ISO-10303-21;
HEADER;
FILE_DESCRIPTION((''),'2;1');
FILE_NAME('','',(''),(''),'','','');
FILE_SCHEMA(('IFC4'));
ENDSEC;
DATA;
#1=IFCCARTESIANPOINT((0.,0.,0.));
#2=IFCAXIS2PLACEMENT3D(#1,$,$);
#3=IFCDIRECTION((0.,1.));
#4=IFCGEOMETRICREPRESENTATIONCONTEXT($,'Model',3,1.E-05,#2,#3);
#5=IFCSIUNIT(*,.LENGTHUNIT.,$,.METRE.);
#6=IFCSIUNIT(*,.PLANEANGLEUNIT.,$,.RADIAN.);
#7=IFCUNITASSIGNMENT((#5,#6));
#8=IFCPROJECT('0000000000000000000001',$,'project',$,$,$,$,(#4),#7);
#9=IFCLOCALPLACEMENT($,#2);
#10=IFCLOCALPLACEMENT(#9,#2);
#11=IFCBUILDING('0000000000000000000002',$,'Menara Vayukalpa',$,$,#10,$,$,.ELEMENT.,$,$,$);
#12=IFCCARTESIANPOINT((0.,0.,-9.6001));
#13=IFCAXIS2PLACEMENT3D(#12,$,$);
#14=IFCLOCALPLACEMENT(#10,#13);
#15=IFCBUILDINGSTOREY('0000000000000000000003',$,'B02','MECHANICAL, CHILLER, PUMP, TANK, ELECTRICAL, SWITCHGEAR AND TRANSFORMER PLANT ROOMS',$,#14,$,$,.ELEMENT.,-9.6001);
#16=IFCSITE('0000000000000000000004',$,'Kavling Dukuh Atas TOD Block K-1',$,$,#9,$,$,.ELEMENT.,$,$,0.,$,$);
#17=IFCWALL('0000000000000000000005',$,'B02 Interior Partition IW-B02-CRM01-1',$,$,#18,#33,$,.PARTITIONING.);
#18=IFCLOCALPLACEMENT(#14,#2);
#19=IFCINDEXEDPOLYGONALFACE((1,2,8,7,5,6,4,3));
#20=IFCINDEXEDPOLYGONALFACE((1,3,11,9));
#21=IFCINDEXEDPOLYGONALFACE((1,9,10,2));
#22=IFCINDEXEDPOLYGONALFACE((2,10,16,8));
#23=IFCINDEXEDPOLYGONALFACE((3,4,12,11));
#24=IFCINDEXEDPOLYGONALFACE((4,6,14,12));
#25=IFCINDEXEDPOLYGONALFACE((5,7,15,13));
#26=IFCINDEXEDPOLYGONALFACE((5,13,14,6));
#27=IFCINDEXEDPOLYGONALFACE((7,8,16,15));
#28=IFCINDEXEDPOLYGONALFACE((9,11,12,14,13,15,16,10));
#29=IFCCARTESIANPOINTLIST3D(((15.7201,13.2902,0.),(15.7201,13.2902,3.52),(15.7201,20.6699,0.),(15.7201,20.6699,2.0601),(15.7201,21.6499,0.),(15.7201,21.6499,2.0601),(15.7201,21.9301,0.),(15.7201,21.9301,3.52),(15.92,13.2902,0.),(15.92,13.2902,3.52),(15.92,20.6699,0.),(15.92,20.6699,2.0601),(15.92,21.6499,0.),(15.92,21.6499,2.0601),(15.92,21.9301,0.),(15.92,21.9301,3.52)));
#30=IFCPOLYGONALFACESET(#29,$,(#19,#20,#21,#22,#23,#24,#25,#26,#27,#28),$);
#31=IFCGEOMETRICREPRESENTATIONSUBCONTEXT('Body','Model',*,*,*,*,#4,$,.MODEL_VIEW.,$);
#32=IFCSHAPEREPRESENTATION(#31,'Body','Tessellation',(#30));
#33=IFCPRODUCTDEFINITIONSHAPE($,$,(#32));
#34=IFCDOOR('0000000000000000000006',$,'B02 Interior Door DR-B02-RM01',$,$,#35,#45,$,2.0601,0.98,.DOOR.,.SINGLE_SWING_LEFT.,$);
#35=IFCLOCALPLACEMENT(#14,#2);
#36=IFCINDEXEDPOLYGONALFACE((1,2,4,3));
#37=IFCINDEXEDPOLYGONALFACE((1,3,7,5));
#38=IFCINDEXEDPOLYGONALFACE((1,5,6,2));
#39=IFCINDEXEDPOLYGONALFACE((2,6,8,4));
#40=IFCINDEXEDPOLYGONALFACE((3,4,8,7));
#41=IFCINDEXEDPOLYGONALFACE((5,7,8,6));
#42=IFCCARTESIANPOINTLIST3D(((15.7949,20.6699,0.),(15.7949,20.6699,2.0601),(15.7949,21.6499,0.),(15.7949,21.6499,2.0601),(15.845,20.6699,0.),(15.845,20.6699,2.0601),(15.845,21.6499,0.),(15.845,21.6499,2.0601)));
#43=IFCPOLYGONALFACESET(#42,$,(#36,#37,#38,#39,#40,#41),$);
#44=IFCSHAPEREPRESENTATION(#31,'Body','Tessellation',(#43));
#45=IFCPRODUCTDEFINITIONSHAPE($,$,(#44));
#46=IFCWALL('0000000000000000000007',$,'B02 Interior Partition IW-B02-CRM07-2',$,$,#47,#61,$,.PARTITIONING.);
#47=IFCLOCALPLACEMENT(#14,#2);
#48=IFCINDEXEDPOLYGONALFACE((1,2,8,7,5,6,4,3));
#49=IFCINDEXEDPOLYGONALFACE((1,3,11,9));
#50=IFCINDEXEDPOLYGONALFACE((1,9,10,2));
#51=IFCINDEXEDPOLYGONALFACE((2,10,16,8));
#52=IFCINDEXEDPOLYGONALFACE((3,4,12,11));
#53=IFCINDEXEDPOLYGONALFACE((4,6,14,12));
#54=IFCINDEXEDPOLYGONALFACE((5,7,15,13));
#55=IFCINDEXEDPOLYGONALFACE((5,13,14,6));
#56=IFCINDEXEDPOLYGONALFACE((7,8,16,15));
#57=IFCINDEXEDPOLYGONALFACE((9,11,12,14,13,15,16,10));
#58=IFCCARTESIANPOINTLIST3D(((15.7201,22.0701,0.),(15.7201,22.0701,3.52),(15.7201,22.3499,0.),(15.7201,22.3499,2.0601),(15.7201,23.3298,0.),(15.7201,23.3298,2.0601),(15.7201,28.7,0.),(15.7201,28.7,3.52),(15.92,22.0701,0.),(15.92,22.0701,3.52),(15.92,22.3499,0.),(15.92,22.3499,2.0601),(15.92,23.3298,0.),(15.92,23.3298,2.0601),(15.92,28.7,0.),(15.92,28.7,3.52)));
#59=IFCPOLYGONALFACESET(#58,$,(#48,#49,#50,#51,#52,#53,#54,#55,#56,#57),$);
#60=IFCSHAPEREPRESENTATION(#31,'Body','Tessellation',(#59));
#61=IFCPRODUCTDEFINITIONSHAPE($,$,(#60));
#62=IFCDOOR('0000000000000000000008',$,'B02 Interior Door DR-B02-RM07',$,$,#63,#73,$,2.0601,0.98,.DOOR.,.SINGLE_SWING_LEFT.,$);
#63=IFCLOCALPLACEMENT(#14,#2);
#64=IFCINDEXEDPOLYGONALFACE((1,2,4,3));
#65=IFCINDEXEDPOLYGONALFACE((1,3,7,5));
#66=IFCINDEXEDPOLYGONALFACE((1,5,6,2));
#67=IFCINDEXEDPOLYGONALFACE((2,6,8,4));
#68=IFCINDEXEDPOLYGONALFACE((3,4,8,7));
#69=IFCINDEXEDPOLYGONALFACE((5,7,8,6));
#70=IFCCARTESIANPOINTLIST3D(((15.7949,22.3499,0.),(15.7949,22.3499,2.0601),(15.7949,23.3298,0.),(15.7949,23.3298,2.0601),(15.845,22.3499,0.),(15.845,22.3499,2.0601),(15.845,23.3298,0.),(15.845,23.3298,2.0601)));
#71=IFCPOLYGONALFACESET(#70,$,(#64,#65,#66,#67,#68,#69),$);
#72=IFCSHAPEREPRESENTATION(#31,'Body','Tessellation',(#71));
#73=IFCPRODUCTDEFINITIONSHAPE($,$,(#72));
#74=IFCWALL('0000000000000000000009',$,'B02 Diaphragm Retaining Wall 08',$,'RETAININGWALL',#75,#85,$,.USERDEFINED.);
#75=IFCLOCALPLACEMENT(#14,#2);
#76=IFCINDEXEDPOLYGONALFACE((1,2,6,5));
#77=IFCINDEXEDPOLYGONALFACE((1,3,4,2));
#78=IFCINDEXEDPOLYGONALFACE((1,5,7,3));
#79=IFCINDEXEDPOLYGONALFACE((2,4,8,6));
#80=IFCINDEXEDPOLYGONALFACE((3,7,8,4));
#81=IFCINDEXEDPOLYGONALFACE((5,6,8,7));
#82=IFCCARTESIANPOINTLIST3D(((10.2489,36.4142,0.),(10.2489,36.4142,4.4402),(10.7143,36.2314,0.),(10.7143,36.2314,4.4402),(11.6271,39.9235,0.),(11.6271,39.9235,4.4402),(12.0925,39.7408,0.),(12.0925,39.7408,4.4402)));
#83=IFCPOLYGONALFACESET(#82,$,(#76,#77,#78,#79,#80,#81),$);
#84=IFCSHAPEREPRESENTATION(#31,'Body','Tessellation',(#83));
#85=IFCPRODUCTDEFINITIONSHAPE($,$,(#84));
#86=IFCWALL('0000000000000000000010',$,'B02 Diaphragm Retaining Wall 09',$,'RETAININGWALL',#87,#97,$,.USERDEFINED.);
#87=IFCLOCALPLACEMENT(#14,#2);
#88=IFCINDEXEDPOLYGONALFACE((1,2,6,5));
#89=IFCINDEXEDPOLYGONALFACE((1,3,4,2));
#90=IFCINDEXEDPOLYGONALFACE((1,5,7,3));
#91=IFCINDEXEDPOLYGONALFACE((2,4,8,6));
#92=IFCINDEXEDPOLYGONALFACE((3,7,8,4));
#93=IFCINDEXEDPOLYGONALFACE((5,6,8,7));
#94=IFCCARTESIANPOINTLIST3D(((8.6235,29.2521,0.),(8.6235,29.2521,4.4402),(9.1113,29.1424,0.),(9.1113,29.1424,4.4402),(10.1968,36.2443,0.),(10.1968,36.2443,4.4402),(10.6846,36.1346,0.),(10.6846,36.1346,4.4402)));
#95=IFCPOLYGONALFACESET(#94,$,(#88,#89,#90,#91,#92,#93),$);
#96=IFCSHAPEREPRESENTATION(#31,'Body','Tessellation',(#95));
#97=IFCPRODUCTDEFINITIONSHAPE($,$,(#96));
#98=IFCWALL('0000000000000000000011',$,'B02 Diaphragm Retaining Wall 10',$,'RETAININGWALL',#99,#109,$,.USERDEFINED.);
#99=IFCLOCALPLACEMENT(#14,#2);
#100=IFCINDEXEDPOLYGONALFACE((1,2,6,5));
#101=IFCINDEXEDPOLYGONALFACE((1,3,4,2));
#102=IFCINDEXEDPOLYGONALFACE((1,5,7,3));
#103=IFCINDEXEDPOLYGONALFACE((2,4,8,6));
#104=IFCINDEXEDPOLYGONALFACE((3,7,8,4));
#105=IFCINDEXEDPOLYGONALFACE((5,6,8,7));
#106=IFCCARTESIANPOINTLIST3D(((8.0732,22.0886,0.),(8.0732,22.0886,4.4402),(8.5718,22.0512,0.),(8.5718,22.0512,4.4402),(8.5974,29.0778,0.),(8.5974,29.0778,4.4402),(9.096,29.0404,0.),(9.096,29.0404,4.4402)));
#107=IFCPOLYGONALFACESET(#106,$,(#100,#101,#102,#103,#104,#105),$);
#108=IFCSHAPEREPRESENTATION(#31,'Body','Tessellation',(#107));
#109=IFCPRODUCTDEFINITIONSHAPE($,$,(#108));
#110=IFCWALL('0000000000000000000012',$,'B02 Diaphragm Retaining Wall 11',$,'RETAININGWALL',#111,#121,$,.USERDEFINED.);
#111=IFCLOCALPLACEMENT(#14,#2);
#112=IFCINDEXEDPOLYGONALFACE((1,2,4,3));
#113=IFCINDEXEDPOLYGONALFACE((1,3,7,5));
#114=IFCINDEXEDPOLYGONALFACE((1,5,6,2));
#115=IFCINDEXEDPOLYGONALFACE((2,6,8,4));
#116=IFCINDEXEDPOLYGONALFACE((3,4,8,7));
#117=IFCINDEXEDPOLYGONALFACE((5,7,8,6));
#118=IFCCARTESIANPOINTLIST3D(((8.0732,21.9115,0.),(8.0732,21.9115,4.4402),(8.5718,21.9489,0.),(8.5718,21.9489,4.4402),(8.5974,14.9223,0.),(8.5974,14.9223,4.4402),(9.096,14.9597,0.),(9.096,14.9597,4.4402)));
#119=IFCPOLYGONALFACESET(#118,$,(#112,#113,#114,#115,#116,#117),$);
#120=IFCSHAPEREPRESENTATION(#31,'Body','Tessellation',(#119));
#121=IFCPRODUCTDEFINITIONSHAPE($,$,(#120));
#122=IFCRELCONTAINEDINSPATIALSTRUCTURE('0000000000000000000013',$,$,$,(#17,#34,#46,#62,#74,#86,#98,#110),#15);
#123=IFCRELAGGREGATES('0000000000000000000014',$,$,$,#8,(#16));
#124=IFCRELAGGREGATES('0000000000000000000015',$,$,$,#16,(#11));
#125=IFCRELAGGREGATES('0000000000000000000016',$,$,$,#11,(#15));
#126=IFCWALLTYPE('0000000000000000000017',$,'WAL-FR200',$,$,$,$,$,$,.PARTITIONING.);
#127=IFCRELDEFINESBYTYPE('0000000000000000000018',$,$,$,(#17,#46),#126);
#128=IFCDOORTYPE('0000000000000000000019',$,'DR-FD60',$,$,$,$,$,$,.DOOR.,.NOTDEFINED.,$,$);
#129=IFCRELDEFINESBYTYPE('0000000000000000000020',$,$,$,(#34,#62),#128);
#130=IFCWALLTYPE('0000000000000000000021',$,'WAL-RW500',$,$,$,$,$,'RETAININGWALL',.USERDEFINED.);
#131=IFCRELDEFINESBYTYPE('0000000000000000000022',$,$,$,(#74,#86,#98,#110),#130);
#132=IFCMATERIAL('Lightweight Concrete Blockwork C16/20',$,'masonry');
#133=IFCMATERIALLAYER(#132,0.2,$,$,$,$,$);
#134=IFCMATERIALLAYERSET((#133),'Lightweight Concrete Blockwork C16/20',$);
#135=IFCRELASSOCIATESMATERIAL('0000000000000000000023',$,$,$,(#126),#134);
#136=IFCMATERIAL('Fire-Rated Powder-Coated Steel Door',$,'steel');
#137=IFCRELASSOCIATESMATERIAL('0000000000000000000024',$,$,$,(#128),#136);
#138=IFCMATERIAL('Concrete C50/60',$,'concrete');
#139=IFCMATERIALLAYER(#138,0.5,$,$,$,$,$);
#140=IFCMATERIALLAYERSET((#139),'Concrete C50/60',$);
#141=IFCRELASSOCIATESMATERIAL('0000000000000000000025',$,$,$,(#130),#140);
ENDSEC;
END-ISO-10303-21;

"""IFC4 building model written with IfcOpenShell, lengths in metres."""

from ifc_helpers import new_model, si_unit, direction, frame, frame_2d, origin, place, context, subcontext, project, spatial, rectangle, extrude, material, layer, layer_set, type_object, element, fill, save


model = new_model("IFC4")

# Units and contexts
model_context = context("Model", 3, precision=1e-05, world=origin(), true_north=direction((0.0, 1.0)))
body_context = subcontext(model_context, "Body", "Model", "MODEL_VIEW")
ifc_project = project(units=[si_unit("LENGTHUNIT", "METRE"), si_unit("PLANEANGLEUNIT", "RADIAN")], contexts=[model_context])

# Site, building, storey
site_placement = place(None, origin())
site = spatial("IfcSite", under=ifc_project, at=site_placement, Name="Kavling Dukuh Atas TOD Block K-1", CompositionType="ELEMENT", RefElevation=0.0)
building_placement = place(site_placement, origin())
building = spatial("IfcBuilding", under=site, at=building_placement, Name="Menara Vayukalpa", CompositionType="ELEMENT")
storey_placement = place(building_placement, frame((0.0, 0.0, -9.6001)))
storey = spatial("IfcBuildingStorey", under=building, at=storey_placement, Name="B02", Description="MECHANICAL, CHILLER, PUMP, TANK, ELECTRICAL, SWITCHGEAR AND TRANSFORMER PLANT ROOMS", CompositionType="ELEMENT", Elevation=-9.6001)

# Walls, openings, doors
ifc_material_1 = material(Name="Lightweight Concrete Blockwork C16/20", Category="masonry")
ifc_layer_1 = layer(ifc_material_1, 0.2)
ifc_layer_set_1 = layer_set([ifc_layer_1], Name="Lightweight Concrete Blockwork C16/20")
wall_type_1 = type_object("IfcWallType", Name="WAL-FR200", PredefinedType="PARTITIONING", material=ifc_layer_set_1)
wall_1_placement = place(storey_placement, frame((15.8201, 21.9299, 0.0), z_axis=(0.0, 0.0, 1.0), x_axis=(0.0, -1.0, 0.0)))
wall_1 = element("IfcWall", 1, at=wall_1_placement, inside=storey, type_object=wall_type_1, Name="B02 Interior Partition IW-B02-CRM01-1", PredefinedType="PARTITIONING", context=body_context, shape_type="SweptSolid", body=[
    extrude(rectangle(XDim=8.6399, YDim=0.2, at=frame_2d((4.3198, 0.0))), origin(), (0.0, 0.0, 1.0), 3.52),
])
opening_1_placement = place(wall_1_placement, frame((0.28, 0.0, 0.0)))
opening_1 = element("IfcOpeningElement", 2, at=opening_1_placement, cuts=wall_1, PredefinedType="OPENING", context=body_context, shape_type="SweptSolid", body=[
    extrude(rectangle(XDim=0.98, YDim=2.0601, at=frame_2d((0.49, 1.03))), frame((0.0, 0.1099, 0.0), z_axis=(0.0, -1.0, 0.0), x_axis=(1.0, 0.0, 0.0)), (0.0, 0.0, 1.0), 0.22),
])
ifc_material_2 = material(Name="Fire-Rated Powder-Coated Steel Door", Category="steel")
door_type = type_object("IfcDoorType", Name="DR-FD60", OperationType="NOTDEFINED", PredefinedType="DOOR", material=ifc_material_2)
door_1_placement = place(opening_1_placement, origin())
door_1 = element("IfcDoor", 3, at=door_1_placement, inside=storey, type_object=door_type, Name="B02 Interior Door DR-B02-RM01", OperationType="SINGLE_SWING_LEFT", OverallHeight=2.0601, OverallWidth=0.98, PredefinedType="DOOR", context=body_context, shape_type="SweptSolid", body=[
    extrude(rectangle(XDim=0.98, YDim=2.0601, at=frame_2d((0.49, 1.03))), frame((0.0, 0.0249, 0.0), z_axis=(0.0, -1.0, 0.0), x_axis=(1.0, 0.0, 0.0)), (0.0, 0.0, 1.0), 0.05),
])
fill(opening_1, door_1)
wall_2_placement = place(storey_placement, frame((15.8201, 28.7, 0.0), z_axis=(0.0, 0.0, 1.0), x_axis=(0.0, -1.0, 0.0)))
wall_2 = element("IfcWall", 4, at=wall_2_placement, inside=storey, type_object=wall_type_1, Name="B02 Interior Partition IW-B02-CRM07-2", PredefinedType="PARTITIONING", context=body_context, shape_type="SweptSolid", body=[
    extrude(rectangle(XDim=6.6299, YDim=0.2, at=frame_2d((3.3149, 0.0))), origin(), (0.0, 0.0, 1.0), 3.52),
])
opening_2_placement = place(wall_2_placement, frame((5.3701, 0.0, 0.0)))
opening_2 = element("IfcOpeningElement", 5, at=opening_2_placement, cuts=wall_2, PredefinedType="OPENING", context=body_context, shape_type="SweptSolid", body=[
    extrude(rectangle(XDim=0.98, YDim=2.0601, at=frame_2d((0.49, 1.03))), frame((0.0, 0.1099, 0.0), z_axis=(0.0, -1.0, 0.0), x_axis=(1.0, 0.0, 0.0)), (0.0, 0.0, 1.0), 0.22),
])
door_2_placement = place(opening_2_placement, origin())
door_2 = element("IfcDoor", 6, at=door_2_placement, inside=storey, type_object=door_type, Name="B02 Interior Door DR-B02-RM07", OperationType="SINGLE_SWING_LEFT", OverallHeight=2.0601, OverallWidth=0.98, PredefinedType="DOOR", context=body_context, shape_type="SweptSolid", body=[
    extrude(rectangle(XDim=0.98, YDim=2.0601, at=frame_2d((0.49, 1.03))), frame((0.0, 0.0249, 0.0), z_axis=(0.0, -1.0, 0.0), x_axis=(1.0, 0.0, 0.0)), (0.0, 0.0, 1.0), 0.05),
])
fill(opening_2, door_2)

# Walls
ifc_material_3 = material(Name="Concrete C50/60", Category="concrete")
ifc_layer_2 = layer(ifc_material_3, 0.5)
ifc_layer_set_2 = layer_set([ifc_layer_2], Name="Concrete C50/60")
wall_type_2 = type_object("IfcWallType", Name="WAL-RW500", ElementType="RETAININGWALL", PredefinedType="USERDEFINED", material=ifc_layer_set_2)
wall_3_placement = place(storey_placement, frame((11.8599, 39.8323, 0.0), z_axis=(0.0, 0.0, 1.0), x_axis=(-0.365544, -0.930794, 0.0)))
element("IfcWall", 7, at=wall_3_placement, inside=storey, type_object=wall_type_2, Name="B02 Diaphragm Retaining Wall 08", ObjectType="RETAININGWALL", PredefinedType="USERDEFINED", context=body_context, shape_type="SweptSolid", body=[
    extrude(rectangle(XDim=3.7703, YDim=0.5, at=frame_2d((1.8853, 0.0))), origin(), (0.0, 0.0, 1.0), 4.4402),
])
wall_4_placement = place(storey_placement, frame((10.4407, 36.1895, 0.0), z_axis=(0.0, 0.0, 1.0), x_axis=(-0.219512, -0.97561, 0.0)))
element("IfcWall", 8, at=wall_4_placement, inside=storey, type_object=wall_type_2, Name="B02 Diaphragm Retaining Wall 09", ObjectType="RETAININGWALL", PredefinedType="USERDEFINED", context=body_context, shape_type="SweptSolid", body=[
    extrude(rectangle(XDim=7.167, YDim=0.5, at=frame_2d((3.5835, 0.0))), origin(), (0.0, 0.0, 1.0), 4.4402),
])
for number, where, z_axis, x_axis, name in (
    (9, (8.8467, 29.0591, 0.0), (0.0, 0.0, 1.0), (-0.074786, -0.9972, 0.0), "B02 Diaphragm Retaining Wall 10"),
    (10, (8.3225, 21.9302, 0.0), (0.0, 0.0, 1.0), (0.074786, -0.9972, 0.0), "B02 Diaphragm Retaining Wall 11"),
):
    element("IfcWall", number, at=place(storey_placement, frame(where, z_axis=z_axis, x_axis=x_axis)), inside=storey, type_object=wall_type_2, Name=name, ObjectType="RETAININGWALL", PredefinedType="USERDEFINED", context=body_context, shape_type="SweptSolid", body=[
        extrude(rectangle(XDim=7.0088, YDim=0.5, at=frame_2d((3.5044, 0.0))), origin(), (0.0, 0.0, 1.0), 4.4402),
    ])

save(model, "model.ifc")
